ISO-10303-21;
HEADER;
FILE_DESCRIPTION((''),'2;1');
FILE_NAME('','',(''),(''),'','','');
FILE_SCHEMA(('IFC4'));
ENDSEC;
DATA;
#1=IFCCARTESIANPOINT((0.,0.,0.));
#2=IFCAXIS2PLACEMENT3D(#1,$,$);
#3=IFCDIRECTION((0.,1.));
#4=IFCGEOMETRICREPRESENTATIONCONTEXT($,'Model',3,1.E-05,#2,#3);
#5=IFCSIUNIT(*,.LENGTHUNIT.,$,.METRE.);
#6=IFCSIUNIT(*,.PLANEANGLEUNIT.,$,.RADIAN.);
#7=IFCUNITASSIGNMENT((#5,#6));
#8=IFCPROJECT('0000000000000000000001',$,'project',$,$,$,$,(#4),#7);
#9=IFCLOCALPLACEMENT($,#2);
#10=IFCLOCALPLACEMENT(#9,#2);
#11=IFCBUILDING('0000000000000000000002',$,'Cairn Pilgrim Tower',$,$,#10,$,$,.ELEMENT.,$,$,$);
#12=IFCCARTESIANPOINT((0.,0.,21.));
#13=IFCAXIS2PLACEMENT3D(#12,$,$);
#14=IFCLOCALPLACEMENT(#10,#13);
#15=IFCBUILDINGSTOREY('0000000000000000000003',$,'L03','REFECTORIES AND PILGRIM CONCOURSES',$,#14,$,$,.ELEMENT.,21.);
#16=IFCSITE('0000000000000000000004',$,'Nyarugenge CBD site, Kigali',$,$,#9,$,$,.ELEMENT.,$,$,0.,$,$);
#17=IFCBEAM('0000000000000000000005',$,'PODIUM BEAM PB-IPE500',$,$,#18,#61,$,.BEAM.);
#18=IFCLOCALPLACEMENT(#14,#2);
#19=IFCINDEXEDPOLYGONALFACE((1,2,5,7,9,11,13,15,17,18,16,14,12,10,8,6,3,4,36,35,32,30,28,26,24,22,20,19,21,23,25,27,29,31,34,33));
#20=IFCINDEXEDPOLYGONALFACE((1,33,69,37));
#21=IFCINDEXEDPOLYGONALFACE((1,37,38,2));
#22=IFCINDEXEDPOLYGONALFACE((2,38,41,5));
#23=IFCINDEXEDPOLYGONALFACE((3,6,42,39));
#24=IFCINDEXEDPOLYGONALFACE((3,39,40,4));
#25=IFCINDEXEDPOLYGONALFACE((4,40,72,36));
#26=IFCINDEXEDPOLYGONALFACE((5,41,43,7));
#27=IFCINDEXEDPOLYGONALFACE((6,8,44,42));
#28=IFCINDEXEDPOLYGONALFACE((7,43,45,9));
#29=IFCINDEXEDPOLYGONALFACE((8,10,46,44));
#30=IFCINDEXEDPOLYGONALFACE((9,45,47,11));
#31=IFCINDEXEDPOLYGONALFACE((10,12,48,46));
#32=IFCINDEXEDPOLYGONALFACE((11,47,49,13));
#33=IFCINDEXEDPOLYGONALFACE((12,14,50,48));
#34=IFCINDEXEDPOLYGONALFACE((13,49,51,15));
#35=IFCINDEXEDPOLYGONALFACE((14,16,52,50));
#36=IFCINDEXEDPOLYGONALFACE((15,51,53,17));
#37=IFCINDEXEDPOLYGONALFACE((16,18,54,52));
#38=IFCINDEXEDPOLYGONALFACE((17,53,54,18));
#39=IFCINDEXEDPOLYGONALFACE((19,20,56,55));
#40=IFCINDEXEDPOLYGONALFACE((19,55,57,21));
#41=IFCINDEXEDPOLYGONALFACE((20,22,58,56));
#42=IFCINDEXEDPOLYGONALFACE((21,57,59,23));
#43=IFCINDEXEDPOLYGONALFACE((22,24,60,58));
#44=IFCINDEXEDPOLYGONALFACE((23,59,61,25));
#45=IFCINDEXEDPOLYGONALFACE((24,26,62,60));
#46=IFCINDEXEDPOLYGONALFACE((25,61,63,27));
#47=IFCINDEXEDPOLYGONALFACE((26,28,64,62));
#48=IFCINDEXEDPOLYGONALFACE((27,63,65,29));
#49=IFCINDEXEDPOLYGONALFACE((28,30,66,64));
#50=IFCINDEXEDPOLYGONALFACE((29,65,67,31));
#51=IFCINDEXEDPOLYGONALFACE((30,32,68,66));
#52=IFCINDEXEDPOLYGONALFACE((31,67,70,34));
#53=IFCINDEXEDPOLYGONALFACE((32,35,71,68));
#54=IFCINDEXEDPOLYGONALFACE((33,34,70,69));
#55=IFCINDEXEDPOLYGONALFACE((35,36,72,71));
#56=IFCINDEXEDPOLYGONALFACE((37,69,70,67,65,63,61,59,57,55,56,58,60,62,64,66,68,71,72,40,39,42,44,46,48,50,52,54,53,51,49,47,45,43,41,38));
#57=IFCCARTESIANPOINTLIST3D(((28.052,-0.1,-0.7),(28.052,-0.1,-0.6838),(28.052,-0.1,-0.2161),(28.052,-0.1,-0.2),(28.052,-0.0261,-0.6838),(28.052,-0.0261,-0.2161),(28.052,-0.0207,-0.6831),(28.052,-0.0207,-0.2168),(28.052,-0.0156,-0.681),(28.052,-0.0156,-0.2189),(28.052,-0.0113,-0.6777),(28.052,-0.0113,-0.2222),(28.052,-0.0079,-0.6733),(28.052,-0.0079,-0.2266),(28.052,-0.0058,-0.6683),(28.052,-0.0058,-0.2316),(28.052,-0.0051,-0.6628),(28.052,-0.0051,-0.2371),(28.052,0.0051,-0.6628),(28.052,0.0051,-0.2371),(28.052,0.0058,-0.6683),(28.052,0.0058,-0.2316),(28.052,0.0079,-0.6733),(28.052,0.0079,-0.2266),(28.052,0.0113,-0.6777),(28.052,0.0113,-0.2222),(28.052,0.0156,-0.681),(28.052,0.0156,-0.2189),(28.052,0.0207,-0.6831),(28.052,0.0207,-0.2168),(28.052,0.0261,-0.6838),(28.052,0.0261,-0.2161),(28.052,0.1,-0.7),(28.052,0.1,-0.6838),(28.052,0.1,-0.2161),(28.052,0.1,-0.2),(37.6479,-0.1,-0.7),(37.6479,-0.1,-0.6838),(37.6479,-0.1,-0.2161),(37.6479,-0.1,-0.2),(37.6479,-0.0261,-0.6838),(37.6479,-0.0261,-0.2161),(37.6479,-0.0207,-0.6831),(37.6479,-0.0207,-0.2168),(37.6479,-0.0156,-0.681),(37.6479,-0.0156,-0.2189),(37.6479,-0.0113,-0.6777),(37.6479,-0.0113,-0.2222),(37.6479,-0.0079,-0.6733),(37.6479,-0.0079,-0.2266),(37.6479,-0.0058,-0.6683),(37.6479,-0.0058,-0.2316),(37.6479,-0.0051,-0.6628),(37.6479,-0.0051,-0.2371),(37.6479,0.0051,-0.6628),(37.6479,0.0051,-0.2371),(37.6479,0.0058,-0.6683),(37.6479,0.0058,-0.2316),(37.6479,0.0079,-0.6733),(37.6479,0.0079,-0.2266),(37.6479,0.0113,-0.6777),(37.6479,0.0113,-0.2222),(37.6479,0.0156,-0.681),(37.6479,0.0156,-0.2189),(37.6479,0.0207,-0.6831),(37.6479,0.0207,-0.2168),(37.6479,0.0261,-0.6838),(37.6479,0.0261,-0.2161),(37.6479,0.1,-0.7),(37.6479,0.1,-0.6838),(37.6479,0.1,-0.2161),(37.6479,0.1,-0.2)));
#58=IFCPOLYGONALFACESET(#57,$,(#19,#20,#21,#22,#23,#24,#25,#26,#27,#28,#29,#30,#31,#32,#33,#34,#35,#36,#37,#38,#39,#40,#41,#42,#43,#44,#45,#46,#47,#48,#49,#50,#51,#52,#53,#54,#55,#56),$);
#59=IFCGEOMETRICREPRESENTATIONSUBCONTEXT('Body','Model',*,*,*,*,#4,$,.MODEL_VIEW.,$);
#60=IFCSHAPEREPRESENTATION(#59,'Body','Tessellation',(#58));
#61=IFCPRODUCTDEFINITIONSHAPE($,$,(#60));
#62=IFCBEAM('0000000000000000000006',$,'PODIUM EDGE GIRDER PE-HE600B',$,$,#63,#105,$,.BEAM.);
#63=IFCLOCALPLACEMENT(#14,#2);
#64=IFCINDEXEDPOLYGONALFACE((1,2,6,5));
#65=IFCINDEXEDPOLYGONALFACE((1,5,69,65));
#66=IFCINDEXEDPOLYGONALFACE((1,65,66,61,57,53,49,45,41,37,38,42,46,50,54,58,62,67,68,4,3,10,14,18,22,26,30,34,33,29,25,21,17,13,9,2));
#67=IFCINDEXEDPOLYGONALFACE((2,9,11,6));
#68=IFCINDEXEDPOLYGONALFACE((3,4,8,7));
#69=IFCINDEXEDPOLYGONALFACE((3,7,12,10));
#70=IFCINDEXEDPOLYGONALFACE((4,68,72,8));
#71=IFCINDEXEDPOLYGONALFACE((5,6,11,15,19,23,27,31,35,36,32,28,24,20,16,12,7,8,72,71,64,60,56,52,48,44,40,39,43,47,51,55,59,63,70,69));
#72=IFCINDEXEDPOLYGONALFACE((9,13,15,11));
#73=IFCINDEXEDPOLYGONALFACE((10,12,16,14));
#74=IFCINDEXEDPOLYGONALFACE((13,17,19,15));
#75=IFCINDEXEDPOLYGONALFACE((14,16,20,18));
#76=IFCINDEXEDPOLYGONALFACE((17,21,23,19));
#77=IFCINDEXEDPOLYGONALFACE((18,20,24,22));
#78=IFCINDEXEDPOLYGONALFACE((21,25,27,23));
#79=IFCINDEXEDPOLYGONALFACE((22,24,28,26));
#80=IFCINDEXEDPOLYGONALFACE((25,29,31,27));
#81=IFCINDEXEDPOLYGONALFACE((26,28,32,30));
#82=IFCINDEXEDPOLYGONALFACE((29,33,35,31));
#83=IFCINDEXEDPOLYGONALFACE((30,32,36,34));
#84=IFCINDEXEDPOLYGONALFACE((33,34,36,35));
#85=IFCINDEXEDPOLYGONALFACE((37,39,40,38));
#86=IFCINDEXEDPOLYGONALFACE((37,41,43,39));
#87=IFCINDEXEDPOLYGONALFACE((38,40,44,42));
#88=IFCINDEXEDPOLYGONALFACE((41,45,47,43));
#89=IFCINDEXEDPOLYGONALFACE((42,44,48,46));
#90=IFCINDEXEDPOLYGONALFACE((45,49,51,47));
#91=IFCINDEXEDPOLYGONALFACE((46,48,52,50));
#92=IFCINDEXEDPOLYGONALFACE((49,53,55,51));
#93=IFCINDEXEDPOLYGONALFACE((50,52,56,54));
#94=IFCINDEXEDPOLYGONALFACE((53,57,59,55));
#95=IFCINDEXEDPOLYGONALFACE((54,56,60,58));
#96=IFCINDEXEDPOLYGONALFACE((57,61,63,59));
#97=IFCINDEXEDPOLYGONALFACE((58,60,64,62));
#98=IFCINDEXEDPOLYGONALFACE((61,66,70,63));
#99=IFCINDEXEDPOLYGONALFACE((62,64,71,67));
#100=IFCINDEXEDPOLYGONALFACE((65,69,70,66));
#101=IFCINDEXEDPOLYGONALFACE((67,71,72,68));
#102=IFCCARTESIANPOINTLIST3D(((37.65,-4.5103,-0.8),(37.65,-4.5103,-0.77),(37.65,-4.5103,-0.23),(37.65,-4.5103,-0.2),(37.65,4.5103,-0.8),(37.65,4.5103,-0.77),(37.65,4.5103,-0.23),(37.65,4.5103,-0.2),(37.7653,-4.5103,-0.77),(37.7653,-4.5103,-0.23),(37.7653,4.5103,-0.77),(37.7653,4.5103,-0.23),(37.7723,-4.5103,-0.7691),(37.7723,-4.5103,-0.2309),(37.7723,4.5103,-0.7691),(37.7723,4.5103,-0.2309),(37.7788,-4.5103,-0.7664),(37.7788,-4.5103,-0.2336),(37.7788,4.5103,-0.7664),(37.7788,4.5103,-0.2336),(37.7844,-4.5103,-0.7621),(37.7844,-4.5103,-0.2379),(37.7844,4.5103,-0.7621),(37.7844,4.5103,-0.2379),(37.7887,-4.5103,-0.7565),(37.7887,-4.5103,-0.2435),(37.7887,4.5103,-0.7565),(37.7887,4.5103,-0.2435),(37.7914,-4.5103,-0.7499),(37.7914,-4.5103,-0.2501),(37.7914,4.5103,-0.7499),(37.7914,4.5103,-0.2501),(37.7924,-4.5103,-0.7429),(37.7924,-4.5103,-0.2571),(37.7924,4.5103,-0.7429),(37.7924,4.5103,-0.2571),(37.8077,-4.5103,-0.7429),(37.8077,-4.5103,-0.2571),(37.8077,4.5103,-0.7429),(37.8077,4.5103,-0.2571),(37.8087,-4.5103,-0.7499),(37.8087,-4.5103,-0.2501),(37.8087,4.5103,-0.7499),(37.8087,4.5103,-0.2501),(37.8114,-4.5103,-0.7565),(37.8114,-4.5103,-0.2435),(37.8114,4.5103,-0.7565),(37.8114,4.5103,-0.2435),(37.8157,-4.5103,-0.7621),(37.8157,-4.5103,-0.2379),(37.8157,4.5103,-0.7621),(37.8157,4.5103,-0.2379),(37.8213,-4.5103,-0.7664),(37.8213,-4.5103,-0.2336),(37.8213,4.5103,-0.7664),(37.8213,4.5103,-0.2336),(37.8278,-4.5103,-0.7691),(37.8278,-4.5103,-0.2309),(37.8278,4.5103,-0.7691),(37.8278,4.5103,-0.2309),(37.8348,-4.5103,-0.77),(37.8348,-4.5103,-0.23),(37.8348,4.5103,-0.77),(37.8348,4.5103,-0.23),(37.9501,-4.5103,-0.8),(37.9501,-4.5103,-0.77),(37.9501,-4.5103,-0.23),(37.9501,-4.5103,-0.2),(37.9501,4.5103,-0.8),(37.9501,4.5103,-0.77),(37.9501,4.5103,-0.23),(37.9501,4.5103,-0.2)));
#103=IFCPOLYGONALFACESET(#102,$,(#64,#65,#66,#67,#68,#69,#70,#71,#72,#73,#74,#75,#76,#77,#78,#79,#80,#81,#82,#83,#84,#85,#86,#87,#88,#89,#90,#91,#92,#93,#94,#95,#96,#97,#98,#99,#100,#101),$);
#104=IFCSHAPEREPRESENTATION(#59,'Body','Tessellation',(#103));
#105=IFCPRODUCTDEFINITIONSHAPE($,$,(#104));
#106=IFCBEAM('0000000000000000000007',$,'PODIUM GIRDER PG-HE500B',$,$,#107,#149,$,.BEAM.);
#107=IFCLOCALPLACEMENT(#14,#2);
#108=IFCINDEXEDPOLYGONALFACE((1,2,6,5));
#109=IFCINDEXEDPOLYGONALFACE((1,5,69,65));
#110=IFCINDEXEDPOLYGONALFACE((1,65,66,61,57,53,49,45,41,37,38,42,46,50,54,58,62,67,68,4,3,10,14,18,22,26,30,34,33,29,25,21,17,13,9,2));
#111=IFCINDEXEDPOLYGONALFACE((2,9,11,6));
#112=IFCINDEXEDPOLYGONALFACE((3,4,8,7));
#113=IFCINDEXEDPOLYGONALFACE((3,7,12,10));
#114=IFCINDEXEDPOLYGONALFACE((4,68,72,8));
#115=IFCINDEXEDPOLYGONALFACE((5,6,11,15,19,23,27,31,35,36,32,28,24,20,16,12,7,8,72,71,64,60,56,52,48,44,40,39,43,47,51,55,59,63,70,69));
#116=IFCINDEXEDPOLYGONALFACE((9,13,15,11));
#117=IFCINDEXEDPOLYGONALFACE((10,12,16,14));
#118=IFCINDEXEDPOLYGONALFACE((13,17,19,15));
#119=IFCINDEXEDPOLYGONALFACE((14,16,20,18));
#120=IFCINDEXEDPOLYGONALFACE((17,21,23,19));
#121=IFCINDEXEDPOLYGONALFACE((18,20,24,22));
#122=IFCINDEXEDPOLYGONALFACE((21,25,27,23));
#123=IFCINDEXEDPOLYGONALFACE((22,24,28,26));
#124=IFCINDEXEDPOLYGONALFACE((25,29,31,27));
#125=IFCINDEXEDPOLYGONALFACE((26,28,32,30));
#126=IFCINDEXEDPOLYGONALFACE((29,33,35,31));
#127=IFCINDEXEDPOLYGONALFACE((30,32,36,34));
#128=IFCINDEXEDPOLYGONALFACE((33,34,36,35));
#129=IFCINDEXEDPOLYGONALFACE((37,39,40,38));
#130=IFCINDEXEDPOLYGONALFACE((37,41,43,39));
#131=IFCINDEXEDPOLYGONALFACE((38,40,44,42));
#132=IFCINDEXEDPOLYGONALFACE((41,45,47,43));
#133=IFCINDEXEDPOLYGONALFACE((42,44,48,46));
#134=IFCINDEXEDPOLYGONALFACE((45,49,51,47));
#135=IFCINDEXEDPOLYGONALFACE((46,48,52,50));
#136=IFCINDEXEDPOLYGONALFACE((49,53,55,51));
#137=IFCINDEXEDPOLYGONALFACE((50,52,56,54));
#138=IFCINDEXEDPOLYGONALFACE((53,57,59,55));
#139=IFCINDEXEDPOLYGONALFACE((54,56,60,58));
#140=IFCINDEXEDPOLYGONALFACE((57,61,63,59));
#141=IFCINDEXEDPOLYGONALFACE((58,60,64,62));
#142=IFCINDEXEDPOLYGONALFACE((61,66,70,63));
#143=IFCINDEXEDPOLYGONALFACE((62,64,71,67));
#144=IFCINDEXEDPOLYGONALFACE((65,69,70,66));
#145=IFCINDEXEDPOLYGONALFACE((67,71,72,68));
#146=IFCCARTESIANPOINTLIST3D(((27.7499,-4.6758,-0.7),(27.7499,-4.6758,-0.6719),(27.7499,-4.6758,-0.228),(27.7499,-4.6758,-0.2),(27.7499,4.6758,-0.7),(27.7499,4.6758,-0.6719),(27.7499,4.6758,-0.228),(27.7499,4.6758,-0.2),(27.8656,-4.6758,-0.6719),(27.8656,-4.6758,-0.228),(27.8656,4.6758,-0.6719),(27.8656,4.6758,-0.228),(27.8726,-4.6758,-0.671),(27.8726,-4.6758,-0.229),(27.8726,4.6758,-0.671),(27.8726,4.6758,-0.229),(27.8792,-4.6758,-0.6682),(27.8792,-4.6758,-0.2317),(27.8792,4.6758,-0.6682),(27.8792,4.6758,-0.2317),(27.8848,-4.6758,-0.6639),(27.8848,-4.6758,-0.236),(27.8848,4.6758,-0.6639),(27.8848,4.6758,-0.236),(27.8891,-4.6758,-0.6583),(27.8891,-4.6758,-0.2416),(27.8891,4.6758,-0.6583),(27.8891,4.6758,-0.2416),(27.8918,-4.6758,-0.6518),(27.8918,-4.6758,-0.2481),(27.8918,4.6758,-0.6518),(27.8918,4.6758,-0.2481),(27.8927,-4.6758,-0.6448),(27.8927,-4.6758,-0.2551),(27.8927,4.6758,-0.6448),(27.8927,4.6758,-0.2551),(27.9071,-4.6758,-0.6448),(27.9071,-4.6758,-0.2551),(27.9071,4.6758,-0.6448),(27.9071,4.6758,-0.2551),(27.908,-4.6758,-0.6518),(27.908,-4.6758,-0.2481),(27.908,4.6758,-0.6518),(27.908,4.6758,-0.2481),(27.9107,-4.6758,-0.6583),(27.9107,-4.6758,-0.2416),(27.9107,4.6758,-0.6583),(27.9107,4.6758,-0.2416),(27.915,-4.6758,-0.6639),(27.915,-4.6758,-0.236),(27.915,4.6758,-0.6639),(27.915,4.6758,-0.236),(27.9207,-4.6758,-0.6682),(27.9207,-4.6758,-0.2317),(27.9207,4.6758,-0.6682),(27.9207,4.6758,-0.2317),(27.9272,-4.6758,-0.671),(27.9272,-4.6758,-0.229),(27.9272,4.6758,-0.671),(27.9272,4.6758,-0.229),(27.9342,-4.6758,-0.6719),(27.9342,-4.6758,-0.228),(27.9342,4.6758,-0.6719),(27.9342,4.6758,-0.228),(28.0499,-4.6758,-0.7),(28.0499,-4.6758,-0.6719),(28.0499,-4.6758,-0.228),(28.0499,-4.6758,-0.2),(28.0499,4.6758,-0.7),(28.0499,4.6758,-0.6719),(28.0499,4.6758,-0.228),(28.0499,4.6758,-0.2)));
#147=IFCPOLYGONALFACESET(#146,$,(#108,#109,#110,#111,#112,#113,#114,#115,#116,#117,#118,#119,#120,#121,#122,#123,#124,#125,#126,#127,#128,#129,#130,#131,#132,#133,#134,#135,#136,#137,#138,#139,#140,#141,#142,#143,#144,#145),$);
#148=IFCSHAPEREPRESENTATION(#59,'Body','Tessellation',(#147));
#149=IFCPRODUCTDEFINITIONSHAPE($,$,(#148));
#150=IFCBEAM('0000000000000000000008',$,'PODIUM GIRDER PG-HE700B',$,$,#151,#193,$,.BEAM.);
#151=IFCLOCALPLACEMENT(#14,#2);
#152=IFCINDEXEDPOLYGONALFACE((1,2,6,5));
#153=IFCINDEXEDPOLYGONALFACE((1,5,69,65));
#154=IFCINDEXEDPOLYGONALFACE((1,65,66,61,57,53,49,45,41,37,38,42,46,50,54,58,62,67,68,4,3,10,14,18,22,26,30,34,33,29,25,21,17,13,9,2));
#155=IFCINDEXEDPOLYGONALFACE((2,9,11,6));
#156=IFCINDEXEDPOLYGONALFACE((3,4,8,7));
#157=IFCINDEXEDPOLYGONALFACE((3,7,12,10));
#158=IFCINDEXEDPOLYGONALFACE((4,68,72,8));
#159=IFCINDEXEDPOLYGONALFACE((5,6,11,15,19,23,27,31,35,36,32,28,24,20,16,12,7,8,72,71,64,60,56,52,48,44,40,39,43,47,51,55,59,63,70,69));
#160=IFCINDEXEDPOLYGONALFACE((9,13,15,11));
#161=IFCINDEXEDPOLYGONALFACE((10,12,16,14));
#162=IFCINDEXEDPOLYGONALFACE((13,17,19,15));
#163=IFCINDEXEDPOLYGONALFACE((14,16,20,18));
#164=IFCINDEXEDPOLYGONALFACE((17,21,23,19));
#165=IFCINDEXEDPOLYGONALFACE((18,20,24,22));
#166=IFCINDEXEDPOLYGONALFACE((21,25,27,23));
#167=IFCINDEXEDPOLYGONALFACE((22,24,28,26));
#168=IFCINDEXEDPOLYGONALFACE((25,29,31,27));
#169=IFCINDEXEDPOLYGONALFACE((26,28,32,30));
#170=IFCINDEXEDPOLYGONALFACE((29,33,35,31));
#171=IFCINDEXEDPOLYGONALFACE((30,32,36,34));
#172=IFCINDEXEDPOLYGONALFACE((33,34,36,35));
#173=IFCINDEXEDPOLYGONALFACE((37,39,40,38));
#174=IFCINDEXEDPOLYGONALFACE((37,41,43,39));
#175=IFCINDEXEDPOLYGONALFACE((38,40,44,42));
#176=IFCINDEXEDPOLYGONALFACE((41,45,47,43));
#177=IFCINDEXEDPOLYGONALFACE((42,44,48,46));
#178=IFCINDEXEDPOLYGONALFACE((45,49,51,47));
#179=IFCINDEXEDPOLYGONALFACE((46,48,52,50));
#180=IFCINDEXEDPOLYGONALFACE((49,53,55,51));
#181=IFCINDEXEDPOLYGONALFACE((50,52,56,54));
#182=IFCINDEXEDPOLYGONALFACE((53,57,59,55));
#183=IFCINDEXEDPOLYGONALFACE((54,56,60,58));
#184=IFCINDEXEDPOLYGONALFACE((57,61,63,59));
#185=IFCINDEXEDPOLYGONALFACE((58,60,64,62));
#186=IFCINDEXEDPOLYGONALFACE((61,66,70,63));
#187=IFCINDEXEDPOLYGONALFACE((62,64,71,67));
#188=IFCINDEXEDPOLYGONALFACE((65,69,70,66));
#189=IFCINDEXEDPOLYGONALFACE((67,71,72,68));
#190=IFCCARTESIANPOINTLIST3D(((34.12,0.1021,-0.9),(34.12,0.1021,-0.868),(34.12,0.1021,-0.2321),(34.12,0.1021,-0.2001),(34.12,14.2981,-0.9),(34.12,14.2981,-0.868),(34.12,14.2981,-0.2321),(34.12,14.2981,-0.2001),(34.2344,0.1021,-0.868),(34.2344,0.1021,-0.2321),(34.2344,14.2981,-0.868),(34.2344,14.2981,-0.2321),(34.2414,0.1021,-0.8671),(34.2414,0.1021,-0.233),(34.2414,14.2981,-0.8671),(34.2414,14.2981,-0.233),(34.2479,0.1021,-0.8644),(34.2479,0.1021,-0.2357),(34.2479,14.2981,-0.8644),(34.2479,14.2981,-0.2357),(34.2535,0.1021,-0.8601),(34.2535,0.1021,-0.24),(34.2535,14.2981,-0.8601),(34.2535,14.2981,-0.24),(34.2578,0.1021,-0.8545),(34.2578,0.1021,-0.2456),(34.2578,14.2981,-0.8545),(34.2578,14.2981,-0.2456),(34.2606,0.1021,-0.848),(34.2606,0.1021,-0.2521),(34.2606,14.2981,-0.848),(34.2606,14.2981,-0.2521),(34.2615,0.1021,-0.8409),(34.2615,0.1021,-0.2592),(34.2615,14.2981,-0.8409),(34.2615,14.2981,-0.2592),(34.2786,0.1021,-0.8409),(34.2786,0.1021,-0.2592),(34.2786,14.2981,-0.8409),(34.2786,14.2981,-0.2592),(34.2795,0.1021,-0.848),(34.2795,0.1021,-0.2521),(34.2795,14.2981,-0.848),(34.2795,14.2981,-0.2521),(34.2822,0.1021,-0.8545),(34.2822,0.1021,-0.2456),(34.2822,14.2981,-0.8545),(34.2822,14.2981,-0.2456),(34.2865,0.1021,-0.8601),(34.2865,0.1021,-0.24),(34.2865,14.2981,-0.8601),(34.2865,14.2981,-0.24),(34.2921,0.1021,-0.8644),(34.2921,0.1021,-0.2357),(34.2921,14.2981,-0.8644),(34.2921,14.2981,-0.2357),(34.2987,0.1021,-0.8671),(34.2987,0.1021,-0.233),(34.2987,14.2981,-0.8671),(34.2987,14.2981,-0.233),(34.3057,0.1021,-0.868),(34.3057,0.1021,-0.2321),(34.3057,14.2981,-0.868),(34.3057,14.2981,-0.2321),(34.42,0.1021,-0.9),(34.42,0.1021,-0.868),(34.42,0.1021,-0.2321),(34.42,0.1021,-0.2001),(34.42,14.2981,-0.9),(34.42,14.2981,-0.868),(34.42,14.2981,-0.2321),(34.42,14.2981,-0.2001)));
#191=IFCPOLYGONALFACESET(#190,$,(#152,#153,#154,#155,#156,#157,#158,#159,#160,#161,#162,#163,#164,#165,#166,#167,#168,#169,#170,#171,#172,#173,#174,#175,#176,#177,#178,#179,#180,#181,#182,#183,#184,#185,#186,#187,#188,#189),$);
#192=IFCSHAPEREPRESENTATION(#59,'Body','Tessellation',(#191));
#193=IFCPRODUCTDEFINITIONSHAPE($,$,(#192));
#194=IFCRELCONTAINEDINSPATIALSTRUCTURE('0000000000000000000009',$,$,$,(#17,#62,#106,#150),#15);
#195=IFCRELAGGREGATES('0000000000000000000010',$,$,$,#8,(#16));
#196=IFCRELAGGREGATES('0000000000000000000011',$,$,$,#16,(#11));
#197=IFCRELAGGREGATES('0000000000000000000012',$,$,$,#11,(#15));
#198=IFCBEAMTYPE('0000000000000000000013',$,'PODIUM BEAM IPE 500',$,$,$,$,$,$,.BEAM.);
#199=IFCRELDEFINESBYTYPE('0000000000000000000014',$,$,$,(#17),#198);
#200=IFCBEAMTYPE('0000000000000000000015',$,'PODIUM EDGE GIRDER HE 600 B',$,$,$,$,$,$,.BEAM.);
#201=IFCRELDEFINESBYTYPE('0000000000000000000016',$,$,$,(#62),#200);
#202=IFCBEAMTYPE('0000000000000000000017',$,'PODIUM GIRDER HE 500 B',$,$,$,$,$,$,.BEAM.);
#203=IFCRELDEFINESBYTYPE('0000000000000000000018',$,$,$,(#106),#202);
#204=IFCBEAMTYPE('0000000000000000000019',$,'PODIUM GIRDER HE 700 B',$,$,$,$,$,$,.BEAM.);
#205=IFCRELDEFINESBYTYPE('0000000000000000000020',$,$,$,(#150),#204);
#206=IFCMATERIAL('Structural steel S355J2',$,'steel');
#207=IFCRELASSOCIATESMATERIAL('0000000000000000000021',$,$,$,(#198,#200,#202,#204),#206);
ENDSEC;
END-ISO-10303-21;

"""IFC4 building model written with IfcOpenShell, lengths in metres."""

from ifc_helpers import new_model, si_unit, direction, frame, origin, origin_2d, place, context, subcontext, project, spatial, i_section, extrude, material, material_profile, profile_set, type_object, element, save


model = new_model("IFC4")

# Units and contexts
model_context = context("Model", 3, precision=1e-05, world=origin(), true_north=direction((0.0, 1.0)))
body_context = subcontext(model_context, "Body", "Model", "MODEL_VIEW")
ifc_project = project(units=[si_unit("LENGTHUNIT", "METRE"), si_unit("PLANEANGLEUNIT", "RADIAN")], contexts=[model_context])

# Site, building, storey
site_placement = place(None, origin())
site = spatial("IfcSite", under=ifc_project, at=site_placement, Name="Nyarugenge CBD site, Kigali", CompositionType="ELEMENT", RefElevation=0.0)
building_placement = place(site_placement, origin())
building = spatial("IfcBuilding", under=site, at=building_placement, Name="Cairn Pilgrim Tower", CompositionType="ELEMENT")
storey_placement = place(building_placement, frame((0.0, 0.0, 21.0)))
storey = spatial("IfcBuildingStorey", under=building, at=storey_placement, Name="L03", Description="REFECTORIES AND PILGRIM CONCOURSES", CompositionType="ELEMENT", Elevation=21.0)

# Shared definitions
ifc_material_1 = material(Name="Structural steel S355J2", Category="steel")

# Beams
ifc_material_profile_1 = material_profile(ifc_material_1, i_section(OverallWidth=0.2, OverallDepth=0.5, WebThickness=0.0103, FlangeThickness=0.0161, FilletRadius=0.021, at=origin_2d()), Name="IPE 500")
ifc_profile_set_1 = profile_set([ifc_material_profile_1], Name="Structural steel S355J2")
beam_type_1 = type_object("IfcBeamType", Name="PODIUM BEAM IPE 500", PredefinedType="BEAM", material=ifc_profile_set_1)
beam_1_placement = place(storey_placement, frame((28.052, 0.0, -0.45), z_axis=(1.0, 0.0, 0.0), x_axis=(0.0, 1.0, 0.0)))
element("IfcBeam", 1, at=beam_1_placement, inside=storey, type_object=beam_type_1, Name="PODIUM BEAM PB-IPE500", PredefinedType="BEAM", context=body_context, shape_type="SweptSolid", body=[
    extrude(i_section(OverallWidth=0.2, OverallDepth=0.5, WebThickness=0.0103, FlangeThickness=0.0161, FilletRadius=0.021, at=origin_2d()), origin(), (0.0, 0.0, 1.0), 9.5959),
])
ifc_material_profile_2 = material_profile(ifc_material_1, i_section(OverallWidth=0.3, OverallDepth=0.6001, WebThickness=0.0154, FlangeThickness=0.03, FilletRadius=0.0271, at=origin_2d()), Name="HEB 600")
ifc_profile_set_2 = profile_set([ifc_material_profile_2], Name="Structural steel S355J2")
beam_type_2 = type_object("IfcBeamType", Name="PODIUM EDGE GIRDER HE 600 B", PredefinedType="BEAM", material=ifc_profile_set_2)
beam_2_placement = place(storey_placement, frame((37.8, -4.5103, -0.5), z_axis=(0.0, 1.0, 0.0), x_axis=(-1.0, 0.0, 0.0)))
element("IfcBeam", 2, at=beam_2_placement, inside=storey, type_object=beam_type_2, Name="PODIUM EDGE GIRDER PE-HE600B", PredefinedType="BEAM", context=body_context, shape_type="SweptSolid", body=[
    extrude(i_section(OverallWidth=0.3, OverallDepth=0.6001, WebThickness=0.0154, FlangeThickness=0.03, FilletRadius=0.0271, at=origin_2d()), origin(), (0.0, 0.0, 1.0), 9.0205),
])
ifc_material_profile_3 = material_profile(ifc_material_1, i_section(OverallWidth=0.3, OverallDepth=0.5, WebThickness=0.0144, FlangeThickness=0.0281, FilletRadius=0.0271, at=origin_2d()), Name="HEB 500")
ifc_profile_set_3 = profile_set([ifc_material_profile_3], Name="Structural steel S355J2")
beam_type_3 = type_object("IfcBeamType", Name="PODIUM GIRDER HE 500 B", PredefinedType="BEAM", material=ifc_profile_set_3)
beam_3_placement = place(storey_placement, frame((27.8999, -4.6758, -0.45), z_axis=(0.0, 1.0, 0.0), x_axis=(-1.0, 0.0, 0.0)))
element("IfcBeam", 3, at=beam_3_placement, inside=storey, type_object=beam_type_3, Name="PODIUM GIRDER PG-HE500B", PredefinedType="BEAM", context=body_context, shape_type="SweptSolid", body=[
    extrude(i_section(OverallWidth=0.3, OverallDepth=0.5, WebThickness=0.0144, FlangeThickness=0.0281, FilletRadius=0.0271, at=origin_2d()), origin(), (0.0, 0.0, 1.0), 9.3516),
])
ifc_material_profile_4 = material_profile(ifc_material_1, i_section(OverallWidth=0.3, OverallDepth=0.7, WebThickness=0.0171, FlangeThickness=0.032, FilletRadius=0.0271, at=origin_2d()), Name="HEB 700")
ifc_profile_set_4 = profile_set([ifc_material_profile_4], Name="Structural steel S355J2")
beam_type_4 = type_object("IfcBeamType", Name="PODIUM GIRDER HE 700 B", PredefinedType="BEAM", material=ifc_profile_set_4)
beam_4_placement = place(storey_placement, frame((34.27, 0.1021, -0.55), z_axis=(0.0, 1.0, 0.0), x_axis=(-1.0, 0.0, 0.0)))
element("IfcBeam", 4, at=beam_4_placement, inside=storey, type_object=beam_type_4, Name="PODIUM GIRDER PG-HE700B", PredefinedType="BEAM", context=body_context, shape_type="SweptSolid", body=[
    extrude(i_section(OverallWidth=0.3, OverallDepth=0.7, WebThickness=0.0171, FlangeThickness=0.032, FilletRadius=0.0271, at=origin_2d()), origin(), (0.0, 0.0, 1.0), 14.196),
])

save(model, "model.ifc")
